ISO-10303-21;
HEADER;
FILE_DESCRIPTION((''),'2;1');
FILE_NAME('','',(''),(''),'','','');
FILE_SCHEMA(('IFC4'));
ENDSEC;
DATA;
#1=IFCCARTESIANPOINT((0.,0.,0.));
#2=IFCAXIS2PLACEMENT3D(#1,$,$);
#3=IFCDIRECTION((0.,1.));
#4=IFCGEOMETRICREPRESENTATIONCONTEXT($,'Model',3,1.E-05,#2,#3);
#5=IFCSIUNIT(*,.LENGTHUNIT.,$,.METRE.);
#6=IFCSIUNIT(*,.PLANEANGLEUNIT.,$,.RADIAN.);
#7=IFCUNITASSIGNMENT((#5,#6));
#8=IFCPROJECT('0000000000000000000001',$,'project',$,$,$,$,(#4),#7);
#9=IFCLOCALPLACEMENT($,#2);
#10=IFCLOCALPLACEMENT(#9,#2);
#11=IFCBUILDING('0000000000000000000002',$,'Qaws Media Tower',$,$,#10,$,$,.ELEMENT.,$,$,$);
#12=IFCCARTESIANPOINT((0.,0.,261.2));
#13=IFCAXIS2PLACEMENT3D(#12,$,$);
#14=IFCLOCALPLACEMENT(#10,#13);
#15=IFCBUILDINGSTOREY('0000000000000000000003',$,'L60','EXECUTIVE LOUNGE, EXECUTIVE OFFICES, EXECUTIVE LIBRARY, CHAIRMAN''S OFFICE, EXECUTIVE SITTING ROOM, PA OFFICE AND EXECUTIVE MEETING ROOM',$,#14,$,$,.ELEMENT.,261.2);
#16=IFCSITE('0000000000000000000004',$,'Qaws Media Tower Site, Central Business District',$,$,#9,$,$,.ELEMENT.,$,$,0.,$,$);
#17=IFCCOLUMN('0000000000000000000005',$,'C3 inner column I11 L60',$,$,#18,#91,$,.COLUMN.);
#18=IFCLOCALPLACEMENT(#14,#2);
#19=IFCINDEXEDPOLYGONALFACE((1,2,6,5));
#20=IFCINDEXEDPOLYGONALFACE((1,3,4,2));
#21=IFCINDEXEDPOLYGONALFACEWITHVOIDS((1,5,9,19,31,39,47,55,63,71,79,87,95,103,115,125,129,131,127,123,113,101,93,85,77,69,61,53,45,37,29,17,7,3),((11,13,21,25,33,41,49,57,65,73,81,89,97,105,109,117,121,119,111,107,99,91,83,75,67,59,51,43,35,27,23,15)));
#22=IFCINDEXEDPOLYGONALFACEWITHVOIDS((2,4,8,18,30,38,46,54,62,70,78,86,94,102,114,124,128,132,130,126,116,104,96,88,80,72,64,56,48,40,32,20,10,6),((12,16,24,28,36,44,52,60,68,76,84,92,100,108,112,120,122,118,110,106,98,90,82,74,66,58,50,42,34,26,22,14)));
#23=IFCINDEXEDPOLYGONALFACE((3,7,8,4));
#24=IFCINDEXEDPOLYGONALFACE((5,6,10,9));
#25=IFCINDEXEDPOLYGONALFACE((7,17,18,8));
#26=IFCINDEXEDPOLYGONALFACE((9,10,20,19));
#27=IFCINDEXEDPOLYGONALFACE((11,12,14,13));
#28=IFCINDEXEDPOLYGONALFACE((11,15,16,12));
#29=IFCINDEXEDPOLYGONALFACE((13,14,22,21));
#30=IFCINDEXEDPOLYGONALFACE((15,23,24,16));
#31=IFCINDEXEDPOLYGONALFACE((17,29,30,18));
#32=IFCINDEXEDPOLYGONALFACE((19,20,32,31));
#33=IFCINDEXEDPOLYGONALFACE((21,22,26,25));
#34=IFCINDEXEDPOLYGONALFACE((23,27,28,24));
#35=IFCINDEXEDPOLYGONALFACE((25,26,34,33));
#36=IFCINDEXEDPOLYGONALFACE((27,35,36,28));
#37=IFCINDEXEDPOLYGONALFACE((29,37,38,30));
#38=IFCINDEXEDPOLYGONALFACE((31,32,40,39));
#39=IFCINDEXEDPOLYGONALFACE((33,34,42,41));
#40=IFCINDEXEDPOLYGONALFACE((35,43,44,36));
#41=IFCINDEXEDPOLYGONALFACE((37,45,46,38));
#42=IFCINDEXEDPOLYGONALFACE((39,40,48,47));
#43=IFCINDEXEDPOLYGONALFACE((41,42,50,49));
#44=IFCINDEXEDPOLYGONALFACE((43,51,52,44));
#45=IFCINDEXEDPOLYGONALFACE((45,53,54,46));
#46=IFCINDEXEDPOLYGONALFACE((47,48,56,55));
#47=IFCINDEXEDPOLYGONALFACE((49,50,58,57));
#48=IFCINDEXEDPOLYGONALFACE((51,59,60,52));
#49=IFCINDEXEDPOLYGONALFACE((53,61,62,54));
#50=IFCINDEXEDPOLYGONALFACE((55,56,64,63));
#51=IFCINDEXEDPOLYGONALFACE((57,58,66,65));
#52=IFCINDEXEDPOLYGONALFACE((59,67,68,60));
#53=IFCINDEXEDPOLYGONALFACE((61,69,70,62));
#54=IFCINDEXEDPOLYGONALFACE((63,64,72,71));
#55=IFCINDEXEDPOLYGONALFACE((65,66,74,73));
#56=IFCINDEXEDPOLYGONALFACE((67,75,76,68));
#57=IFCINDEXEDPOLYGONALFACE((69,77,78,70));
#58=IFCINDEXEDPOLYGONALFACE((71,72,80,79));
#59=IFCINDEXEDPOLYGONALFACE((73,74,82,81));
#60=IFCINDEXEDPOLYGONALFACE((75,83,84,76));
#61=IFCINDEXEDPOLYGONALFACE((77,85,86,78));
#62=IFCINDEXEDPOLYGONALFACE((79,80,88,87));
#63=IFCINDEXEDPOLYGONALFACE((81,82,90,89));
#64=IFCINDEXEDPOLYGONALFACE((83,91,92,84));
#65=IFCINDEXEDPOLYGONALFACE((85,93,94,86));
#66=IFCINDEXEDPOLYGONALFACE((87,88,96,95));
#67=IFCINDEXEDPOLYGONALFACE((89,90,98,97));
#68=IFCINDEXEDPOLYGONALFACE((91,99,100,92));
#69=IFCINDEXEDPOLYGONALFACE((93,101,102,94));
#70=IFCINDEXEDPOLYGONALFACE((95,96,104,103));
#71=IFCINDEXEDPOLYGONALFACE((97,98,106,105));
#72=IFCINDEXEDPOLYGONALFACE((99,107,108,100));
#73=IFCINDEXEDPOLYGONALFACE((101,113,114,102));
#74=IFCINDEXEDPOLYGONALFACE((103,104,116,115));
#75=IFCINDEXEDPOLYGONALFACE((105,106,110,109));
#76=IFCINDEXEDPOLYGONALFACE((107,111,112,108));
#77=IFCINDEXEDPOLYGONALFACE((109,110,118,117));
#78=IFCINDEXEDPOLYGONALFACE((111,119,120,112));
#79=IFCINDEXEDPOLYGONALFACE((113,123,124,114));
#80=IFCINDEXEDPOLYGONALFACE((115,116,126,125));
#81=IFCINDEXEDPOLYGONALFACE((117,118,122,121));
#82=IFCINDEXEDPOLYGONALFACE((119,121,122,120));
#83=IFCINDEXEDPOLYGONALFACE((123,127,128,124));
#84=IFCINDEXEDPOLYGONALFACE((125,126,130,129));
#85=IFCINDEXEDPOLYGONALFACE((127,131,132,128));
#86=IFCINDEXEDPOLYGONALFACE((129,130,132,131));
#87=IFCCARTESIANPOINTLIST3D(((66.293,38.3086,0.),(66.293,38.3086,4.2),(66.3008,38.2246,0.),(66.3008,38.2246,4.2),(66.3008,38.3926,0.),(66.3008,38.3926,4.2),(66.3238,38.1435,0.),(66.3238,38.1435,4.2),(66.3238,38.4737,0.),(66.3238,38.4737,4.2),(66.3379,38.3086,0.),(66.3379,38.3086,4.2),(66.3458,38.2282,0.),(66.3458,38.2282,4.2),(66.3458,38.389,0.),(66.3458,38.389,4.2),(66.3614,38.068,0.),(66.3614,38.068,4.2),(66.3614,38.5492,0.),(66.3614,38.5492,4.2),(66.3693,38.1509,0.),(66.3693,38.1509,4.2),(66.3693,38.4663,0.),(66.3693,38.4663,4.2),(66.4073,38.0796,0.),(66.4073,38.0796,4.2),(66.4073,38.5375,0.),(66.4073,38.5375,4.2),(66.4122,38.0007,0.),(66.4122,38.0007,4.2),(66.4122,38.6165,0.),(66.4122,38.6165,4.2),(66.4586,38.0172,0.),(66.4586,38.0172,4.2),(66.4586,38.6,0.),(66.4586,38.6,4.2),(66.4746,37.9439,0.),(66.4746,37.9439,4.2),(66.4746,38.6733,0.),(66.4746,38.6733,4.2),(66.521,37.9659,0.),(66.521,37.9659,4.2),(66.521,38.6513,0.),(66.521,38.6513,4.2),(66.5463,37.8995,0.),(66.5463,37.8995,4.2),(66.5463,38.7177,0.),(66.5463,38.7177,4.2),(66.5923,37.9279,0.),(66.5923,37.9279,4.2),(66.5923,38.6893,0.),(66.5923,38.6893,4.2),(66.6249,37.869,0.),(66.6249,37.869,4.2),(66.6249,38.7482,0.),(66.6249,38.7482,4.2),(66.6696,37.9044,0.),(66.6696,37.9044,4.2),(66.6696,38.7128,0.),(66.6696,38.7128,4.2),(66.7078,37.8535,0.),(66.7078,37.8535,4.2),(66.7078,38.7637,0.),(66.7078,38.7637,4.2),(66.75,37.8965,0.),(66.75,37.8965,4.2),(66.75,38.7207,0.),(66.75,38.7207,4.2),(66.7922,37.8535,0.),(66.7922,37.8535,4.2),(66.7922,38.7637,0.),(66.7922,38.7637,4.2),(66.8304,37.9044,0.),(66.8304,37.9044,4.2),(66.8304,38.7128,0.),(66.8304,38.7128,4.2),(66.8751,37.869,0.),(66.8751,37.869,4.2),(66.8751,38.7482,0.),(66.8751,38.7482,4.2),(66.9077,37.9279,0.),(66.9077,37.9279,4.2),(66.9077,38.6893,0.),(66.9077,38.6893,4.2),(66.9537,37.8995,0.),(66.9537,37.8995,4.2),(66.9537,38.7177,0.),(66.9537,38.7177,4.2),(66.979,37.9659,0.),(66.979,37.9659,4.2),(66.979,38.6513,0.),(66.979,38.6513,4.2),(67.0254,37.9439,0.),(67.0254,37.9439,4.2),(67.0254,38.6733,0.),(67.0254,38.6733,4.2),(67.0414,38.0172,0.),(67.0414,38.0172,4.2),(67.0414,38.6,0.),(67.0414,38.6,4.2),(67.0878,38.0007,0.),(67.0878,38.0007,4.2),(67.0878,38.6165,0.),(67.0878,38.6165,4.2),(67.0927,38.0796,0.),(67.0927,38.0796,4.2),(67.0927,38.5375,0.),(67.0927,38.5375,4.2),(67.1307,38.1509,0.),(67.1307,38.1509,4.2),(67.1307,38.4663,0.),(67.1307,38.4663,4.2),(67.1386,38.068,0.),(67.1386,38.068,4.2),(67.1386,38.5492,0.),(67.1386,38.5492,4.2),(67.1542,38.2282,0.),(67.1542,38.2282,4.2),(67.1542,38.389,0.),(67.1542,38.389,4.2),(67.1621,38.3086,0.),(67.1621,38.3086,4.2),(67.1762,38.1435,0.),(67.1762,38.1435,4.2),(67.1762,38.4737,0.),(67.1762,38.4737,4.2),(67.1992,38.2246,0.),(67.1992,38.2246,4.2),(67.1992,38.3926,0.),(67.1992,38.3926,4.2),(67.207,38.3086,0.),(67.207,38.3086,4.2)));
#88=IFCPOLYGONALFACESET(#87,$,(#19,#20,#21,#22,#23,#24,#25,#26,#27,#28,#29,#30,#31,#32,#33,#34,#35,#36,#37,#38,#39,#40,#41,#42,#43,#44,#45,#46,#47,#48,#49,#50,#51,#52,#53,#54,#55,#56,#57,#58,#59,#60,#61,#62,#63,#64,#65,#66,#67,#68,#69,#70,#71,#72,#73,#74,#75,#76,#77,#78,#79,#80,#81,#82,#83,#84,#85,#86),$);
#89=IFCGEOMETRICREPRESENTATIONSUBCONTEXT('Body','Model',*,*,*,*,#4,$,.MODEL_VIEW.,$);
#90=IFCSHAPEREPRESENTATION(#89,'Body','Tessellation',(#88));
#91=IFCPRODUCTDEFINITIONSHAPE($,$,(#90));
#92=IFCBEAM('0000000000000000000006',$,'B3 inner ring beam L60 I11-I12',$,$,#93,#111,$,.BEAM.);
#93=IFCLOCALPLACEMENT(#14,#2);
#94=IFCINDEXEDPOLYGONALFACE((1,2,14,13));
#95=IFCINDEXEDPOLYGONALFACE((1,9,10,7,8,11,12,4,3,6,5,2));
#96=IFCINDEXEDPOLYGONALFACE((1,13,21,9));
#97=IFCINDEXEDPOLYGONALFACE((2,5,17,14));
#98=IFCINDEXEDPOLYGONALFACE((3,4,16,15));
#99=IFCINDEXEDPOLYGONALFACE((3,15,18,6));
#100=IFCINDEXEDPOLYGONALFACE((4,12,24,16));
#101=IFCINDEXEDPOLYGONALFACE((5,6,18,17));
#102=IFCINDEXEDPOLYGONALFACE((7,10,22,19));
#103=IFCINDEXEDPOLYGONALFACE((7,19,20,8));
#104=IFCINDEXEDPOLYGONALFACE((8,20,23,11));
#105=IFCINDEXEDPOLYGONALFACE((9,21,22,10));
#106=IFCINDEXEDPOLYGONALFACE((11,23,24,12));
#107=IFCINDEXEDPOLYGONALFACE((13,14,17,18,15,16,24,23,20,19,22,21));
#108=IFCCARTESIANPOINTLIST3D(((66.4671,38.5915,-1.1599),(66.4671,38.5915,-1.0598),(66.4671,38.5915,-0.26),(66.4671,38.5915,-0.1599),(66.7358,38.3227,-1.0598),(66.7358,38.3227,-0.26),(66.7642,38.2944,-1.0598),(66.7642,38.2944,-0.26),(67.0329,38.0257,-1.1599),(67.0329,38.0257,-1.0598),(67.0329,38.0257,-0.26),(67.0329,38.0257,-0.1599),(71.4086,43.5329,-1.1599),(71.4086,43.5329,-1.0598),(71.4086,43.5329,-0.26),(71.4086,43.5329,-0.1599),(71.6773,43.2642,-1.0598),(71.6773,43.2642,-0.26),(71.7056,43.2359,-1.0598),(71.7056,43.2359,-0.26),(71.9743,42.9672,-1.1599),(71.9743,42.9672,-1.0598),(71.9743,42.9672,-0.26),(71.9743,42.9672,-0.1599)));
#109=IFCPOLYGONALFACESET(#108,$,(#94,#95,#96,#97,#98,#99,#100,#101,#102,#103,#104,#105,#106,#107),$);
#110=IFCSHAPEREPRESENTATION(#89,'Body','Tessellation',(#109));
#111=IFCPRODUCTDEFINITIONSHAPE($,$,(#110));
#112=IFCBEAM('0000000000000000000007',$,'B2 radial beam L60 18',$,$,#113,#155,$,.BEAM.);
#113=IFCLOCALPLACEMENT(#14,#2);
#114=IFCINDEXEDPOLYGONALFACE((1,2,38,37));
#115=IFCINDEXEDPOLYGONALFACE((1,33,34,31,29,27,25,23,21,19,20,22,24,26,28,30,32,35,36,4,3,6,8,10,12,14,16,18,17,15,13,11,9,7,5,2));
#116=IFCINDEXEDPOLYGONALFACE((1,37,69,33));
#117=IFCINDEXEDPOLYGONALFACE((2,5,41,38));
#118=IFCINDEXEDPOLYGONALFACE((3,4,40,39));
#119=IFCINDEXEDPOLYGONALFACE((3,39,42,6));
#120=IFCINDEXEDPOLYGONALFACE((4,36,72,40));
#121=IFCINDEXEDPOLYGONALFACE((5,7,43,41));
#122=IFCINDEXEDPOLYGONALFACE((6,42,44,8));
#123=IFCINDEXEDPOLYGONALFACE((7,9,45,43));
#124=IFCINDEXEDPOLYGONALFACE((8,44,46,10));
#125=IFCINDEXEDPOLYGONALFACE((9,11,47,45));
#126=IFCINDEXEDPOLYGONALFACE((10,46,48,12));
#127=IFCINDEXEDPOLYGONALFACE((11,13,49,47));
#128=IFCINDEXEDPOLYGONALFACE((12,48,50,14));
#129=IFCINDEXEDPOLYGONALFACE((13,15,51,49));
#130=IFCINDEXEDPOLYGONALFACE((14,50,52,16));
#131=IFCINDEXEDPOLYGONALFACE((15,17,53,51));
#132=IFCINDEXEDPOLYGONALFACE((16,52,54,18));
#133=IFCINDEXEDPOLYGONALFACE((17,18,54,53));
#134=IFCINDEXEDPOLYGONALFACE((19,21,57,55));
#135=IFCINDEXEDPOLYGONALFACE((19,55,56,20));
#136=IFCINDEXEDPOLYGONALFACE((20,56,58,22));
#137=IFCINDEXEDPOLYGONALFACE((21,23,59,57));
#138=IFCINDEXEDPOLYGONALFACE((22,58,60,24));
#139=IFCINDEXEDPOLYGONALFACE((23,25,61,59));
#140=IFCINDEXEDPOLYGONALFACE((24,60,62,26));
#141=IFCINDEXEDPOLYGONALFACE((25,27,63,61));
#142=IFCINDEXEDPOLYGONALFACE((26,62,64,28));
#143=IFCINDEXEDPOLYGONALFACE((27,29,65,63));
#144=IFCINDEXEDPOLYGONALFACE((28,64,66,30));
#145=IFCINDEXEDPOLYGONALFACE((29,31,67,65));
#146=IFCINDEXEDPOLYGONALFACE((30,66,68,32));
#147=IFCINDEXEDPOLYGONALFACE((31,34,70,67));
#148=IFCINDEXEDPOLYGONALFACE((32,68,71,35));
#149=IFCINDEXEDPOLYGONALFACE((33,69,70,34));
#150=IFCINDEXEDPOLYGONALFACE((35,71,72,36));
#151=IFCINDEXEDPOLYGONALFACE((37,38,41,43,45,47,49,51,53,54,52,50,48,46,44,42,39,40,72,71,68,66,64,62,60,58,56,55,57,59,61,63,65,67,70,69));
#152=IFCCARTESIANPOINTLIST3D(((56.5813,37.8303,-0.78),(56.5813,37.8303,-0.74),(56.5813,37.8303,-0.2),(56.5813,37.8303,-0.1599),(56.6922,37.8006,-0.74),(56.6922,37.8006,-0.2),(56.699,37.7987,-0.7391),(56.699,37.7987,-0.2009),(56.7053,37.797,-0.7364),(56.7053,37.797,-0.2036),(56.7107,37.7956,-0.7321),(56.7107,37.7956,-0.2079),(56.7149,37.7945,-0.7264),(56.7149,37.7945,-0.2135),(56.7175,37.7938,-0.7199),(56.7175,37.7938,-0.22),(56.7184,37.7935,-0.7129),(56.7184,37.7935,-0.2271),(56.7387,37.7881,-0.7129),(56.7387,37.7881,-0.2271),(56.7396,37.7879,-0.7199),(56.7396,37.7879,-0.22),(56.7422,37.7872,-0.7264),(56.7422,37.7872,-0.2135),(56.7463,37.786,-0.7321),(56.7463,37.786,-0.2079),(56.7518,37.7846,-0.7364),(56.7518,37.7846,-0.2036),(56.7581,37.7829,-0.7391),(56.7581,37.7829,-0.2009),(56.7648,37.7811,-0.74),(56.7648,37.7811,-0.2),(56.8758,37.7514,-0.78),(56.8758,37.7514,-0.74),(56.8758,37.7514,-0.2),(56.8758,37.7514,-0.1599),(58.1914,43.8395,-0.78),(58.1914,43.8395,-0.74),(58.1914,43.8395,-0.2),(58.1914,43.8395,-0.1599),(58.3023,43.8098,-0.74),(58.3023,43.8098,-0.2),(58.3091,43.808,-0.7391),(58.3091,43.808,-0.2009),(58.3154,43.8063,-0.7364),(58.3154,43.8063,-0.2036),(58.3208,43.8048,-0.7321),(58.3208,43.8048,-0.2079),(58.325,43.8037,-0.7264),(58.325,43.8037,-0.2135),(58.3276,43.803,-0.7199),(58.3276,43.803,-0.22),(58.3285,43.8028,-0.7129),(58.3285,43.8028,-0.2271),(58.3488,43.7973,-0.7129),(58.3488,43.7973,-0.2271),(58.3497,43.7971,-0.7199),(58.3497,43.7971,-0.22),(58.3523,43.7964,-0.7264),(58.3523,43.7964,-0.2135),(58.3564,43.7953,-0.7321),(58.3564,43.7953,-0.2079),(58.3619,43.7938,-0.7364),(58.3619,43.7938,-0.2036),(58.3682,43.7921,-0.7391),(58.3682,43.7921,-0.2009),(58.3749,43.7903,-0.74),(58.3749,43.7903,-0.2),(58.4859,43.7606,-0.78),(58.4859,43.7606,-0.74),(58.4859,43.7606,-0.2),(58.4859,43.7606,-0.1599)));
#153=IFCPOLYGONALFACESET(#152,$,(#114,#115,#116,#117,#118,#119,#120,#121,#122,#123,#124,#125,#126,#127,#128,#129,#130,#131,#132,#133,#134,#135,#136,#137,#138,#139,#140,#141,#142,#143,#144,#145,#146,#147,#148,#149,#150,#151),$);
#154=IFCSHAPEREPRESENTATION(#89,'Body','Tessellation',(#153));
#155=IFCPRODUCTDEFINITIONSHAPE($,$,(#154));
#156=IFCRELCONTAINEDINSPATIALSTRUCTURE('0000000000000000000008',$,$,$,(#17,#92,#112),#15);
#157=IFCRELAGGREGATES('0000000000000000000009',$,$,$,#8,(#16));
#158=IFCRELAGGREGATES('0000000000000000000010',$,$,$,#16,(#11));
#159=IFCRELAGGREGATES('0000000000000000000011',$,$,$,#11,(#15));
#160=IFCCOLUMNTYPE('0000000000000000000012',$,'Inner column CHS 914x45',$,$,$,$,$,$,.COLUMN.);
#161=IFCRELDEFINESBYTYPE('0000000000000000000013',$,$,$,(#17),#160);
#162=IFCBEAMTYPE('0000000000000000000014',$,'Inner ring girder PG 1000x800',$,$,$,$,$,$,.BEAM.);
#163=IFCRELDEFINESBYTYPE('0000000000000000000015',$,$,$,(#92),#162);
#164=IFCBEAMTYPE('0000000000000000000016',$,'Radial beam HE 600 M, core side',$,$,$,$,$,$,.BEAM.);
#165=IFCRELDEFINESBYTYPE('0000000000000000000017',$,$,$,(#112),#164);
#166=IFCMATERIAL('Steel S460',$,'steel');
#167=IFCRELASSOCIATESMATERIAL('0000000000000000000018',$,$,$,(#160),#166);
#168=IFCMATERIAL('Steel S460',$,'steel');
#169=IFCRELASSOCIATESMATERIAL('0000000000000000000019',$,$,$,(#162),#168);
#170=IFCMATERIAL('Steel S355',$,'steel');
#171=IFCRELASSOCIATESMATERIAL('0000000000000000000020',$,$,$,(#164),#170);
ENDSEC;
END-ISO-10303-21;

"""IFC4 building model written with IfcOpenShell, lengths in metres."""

from ifc_helpers import new_model, si_unit, direction, frame, origin, origin_2d, place, context, subcontext, project, spatial, hollow_circle, i_section, extrude, material, material_profile, profile_set, type_object, element, save


model = new_model("IFC4")

# Units and contexts
model_context = context("Model", 3, precision=1e-05, world=origin(), true_north=direction((0.0, 1.0)))
body_context = subcontext(model_context, "Body", "Model", "MODEL_VIEW")
ifc_project = project(units=[si_unit("LENGTHUNIT", "METRE"), si_unit("PLANEANGLEUNIT", "RADIAN")], contexts=[model_context])

# Site, building, storey
site_placement = place(None, origin())
site = spatial("IfcSite", under=ifc_project, at=site_placement, Name="Qaws Media Tower Site, Central Business District", CompositionType="ELEMENT", RefElevation=0.0)
building_placement = place(site_placement, origin())
building = spatial("IfcBuilding", under=site, at=building_placement, Name="Qaws Media Tower", CompositionType="ELEMENT")
storey_placement = place(building_placement, frame((0.0, 0.0, 261.2)))
storey = spatial("IfcBuildingStorey", under=building, at=storey_placement, Name="L60", Description="EXECUTIVE LOUNGE, EXECUTIVE OFFICES, EXECUTIVE LIBRARY, CHAIRMAN'S OFFICE, EXECUTIVE SITTING ROOM, PA OFFICE AND EXECUTIVE MEETING ROOM", CompositionType="ELEMENT", Elevation=261.2)

# Column
ifc_material_1 = material(Name="Steel S460", Category="steel")
ifc_material_profile_1 = material_profile(ifc_material_1, hollow_circle(Radius=0.457, WallThickness=0.0449, at=origin_2d()), Name="CHS 914x45")
ifc_profile_set_1 = profile_set([ifc_material_profile_1], Name="Steel S460")
column_type = type_object("IfcColumnType", Name="Inner column CHS 914x45", PredefinedType="COLUMN", material=ifc_profile_set_1)
column_placement = place(storey_placement, frame((66.75, 38.3086, 0.0), z_axis=(0.0, 0.0, 1.0), x_axis=(1.0, 0.0, 0.0)))
element("IfcColumn", 1, at=column_placement, inside=storey, type_object=column_type, Name="C3 inner column I11 L60", PredefinedType="COLUMN", context=body_context, shape_type="SweptSolid", body=[
    extrude(hollow_circle(Radius=0.457, WallThickness=0.0449, at=origin_2d()), origin(), (0.0, 0.0, 1.0), 4.2),
])

# Beams
ifc_material_2 = material(Name="Steel S460", Category="steel")
ifc_material_profile_2 = material_profile(ifc_material_2, i_section(OverallWidth=0.8, OverallDepth=1.0, WebThickness=0.04, FlangeThickness=0.1001, at=origin_2d()), Name="PG 1000x800")
ifc_profile_set_2 = profile_set([ifc_material_profile_2], Name="Steel S460")
beam_type_1 = type_object("IfcBeamType", Name="Inner ring girder PG 1000x800", PredefinedType="BEAM", material=ifc_profile_set_2)
beam_1_placement = place(storey_placement, frame((66.75, 38.3086, -0.6599), z_axis=(0.707107, 0.707107, 0.0), x_axis=(-0.707107, 0.707107, 0.0)))
element("IfcBeam", 2, at=beam_1_placement, inside=storey, type_object=beam_type_1, Name="B3 inner ring beam L60 I11-I12", PredefinedType="BEAM", context=body_context, shape_type="SweptSolid", body=[
    extrude(i_section(OverallWidth=0.8, OverallDepth=1.0, WebThickness=0.04, FlangeThickness=0.1001, at=origin_2d()), origin(), (0.0, 0.0, 1.0), 6.9883),
])
ifc_material_3 = material(Name="Steel S355", Category="steel")
ifc_material_profile_3 = material_profile(ifc_material_3, i_section(OverallWidth=0.3049, OverallDepth=0.6201, WebThickness=0.021, FlangeThickness=0.04, FilletRadius=0.0271, at=origin_2d()), Name="HE 600 M")
ifc_profile_set_3 = profile_set([ifc_material_profile_3], Name="Steel S355")
beam_type_2 = type_object("IfcBeamType", Name="Radial beam HE 600 M, core side", PredefinedType="BEAM", material=ifc_profile_set_3)
beam_2_placement = place(storey_placement, frame((58.3386, 43.8, -0.47), z_axis=(-0.258808, -0.965929, 0.0), x_axis=(0.965929, -0.258808, 0.0)))
element("IfcBeam", 3, at=beam_2_placement, inside=storey, type_object=beam_type_2, Name="B2 radial beam L60 18", PredefinedType="BEAM", context=body_context, shape_type="SweptSolid", body=[
    extrude(i_section(OverallWidth=0.3049, OverallDepth=0.6201, WebThickness=0.021, FlangeThickness=0.04, FilletRadius=0.0271, at=origin_2d()), origin(), (0.0, 0.0, 1.0), 6.2212),
])

save(model, "model.ifc")
